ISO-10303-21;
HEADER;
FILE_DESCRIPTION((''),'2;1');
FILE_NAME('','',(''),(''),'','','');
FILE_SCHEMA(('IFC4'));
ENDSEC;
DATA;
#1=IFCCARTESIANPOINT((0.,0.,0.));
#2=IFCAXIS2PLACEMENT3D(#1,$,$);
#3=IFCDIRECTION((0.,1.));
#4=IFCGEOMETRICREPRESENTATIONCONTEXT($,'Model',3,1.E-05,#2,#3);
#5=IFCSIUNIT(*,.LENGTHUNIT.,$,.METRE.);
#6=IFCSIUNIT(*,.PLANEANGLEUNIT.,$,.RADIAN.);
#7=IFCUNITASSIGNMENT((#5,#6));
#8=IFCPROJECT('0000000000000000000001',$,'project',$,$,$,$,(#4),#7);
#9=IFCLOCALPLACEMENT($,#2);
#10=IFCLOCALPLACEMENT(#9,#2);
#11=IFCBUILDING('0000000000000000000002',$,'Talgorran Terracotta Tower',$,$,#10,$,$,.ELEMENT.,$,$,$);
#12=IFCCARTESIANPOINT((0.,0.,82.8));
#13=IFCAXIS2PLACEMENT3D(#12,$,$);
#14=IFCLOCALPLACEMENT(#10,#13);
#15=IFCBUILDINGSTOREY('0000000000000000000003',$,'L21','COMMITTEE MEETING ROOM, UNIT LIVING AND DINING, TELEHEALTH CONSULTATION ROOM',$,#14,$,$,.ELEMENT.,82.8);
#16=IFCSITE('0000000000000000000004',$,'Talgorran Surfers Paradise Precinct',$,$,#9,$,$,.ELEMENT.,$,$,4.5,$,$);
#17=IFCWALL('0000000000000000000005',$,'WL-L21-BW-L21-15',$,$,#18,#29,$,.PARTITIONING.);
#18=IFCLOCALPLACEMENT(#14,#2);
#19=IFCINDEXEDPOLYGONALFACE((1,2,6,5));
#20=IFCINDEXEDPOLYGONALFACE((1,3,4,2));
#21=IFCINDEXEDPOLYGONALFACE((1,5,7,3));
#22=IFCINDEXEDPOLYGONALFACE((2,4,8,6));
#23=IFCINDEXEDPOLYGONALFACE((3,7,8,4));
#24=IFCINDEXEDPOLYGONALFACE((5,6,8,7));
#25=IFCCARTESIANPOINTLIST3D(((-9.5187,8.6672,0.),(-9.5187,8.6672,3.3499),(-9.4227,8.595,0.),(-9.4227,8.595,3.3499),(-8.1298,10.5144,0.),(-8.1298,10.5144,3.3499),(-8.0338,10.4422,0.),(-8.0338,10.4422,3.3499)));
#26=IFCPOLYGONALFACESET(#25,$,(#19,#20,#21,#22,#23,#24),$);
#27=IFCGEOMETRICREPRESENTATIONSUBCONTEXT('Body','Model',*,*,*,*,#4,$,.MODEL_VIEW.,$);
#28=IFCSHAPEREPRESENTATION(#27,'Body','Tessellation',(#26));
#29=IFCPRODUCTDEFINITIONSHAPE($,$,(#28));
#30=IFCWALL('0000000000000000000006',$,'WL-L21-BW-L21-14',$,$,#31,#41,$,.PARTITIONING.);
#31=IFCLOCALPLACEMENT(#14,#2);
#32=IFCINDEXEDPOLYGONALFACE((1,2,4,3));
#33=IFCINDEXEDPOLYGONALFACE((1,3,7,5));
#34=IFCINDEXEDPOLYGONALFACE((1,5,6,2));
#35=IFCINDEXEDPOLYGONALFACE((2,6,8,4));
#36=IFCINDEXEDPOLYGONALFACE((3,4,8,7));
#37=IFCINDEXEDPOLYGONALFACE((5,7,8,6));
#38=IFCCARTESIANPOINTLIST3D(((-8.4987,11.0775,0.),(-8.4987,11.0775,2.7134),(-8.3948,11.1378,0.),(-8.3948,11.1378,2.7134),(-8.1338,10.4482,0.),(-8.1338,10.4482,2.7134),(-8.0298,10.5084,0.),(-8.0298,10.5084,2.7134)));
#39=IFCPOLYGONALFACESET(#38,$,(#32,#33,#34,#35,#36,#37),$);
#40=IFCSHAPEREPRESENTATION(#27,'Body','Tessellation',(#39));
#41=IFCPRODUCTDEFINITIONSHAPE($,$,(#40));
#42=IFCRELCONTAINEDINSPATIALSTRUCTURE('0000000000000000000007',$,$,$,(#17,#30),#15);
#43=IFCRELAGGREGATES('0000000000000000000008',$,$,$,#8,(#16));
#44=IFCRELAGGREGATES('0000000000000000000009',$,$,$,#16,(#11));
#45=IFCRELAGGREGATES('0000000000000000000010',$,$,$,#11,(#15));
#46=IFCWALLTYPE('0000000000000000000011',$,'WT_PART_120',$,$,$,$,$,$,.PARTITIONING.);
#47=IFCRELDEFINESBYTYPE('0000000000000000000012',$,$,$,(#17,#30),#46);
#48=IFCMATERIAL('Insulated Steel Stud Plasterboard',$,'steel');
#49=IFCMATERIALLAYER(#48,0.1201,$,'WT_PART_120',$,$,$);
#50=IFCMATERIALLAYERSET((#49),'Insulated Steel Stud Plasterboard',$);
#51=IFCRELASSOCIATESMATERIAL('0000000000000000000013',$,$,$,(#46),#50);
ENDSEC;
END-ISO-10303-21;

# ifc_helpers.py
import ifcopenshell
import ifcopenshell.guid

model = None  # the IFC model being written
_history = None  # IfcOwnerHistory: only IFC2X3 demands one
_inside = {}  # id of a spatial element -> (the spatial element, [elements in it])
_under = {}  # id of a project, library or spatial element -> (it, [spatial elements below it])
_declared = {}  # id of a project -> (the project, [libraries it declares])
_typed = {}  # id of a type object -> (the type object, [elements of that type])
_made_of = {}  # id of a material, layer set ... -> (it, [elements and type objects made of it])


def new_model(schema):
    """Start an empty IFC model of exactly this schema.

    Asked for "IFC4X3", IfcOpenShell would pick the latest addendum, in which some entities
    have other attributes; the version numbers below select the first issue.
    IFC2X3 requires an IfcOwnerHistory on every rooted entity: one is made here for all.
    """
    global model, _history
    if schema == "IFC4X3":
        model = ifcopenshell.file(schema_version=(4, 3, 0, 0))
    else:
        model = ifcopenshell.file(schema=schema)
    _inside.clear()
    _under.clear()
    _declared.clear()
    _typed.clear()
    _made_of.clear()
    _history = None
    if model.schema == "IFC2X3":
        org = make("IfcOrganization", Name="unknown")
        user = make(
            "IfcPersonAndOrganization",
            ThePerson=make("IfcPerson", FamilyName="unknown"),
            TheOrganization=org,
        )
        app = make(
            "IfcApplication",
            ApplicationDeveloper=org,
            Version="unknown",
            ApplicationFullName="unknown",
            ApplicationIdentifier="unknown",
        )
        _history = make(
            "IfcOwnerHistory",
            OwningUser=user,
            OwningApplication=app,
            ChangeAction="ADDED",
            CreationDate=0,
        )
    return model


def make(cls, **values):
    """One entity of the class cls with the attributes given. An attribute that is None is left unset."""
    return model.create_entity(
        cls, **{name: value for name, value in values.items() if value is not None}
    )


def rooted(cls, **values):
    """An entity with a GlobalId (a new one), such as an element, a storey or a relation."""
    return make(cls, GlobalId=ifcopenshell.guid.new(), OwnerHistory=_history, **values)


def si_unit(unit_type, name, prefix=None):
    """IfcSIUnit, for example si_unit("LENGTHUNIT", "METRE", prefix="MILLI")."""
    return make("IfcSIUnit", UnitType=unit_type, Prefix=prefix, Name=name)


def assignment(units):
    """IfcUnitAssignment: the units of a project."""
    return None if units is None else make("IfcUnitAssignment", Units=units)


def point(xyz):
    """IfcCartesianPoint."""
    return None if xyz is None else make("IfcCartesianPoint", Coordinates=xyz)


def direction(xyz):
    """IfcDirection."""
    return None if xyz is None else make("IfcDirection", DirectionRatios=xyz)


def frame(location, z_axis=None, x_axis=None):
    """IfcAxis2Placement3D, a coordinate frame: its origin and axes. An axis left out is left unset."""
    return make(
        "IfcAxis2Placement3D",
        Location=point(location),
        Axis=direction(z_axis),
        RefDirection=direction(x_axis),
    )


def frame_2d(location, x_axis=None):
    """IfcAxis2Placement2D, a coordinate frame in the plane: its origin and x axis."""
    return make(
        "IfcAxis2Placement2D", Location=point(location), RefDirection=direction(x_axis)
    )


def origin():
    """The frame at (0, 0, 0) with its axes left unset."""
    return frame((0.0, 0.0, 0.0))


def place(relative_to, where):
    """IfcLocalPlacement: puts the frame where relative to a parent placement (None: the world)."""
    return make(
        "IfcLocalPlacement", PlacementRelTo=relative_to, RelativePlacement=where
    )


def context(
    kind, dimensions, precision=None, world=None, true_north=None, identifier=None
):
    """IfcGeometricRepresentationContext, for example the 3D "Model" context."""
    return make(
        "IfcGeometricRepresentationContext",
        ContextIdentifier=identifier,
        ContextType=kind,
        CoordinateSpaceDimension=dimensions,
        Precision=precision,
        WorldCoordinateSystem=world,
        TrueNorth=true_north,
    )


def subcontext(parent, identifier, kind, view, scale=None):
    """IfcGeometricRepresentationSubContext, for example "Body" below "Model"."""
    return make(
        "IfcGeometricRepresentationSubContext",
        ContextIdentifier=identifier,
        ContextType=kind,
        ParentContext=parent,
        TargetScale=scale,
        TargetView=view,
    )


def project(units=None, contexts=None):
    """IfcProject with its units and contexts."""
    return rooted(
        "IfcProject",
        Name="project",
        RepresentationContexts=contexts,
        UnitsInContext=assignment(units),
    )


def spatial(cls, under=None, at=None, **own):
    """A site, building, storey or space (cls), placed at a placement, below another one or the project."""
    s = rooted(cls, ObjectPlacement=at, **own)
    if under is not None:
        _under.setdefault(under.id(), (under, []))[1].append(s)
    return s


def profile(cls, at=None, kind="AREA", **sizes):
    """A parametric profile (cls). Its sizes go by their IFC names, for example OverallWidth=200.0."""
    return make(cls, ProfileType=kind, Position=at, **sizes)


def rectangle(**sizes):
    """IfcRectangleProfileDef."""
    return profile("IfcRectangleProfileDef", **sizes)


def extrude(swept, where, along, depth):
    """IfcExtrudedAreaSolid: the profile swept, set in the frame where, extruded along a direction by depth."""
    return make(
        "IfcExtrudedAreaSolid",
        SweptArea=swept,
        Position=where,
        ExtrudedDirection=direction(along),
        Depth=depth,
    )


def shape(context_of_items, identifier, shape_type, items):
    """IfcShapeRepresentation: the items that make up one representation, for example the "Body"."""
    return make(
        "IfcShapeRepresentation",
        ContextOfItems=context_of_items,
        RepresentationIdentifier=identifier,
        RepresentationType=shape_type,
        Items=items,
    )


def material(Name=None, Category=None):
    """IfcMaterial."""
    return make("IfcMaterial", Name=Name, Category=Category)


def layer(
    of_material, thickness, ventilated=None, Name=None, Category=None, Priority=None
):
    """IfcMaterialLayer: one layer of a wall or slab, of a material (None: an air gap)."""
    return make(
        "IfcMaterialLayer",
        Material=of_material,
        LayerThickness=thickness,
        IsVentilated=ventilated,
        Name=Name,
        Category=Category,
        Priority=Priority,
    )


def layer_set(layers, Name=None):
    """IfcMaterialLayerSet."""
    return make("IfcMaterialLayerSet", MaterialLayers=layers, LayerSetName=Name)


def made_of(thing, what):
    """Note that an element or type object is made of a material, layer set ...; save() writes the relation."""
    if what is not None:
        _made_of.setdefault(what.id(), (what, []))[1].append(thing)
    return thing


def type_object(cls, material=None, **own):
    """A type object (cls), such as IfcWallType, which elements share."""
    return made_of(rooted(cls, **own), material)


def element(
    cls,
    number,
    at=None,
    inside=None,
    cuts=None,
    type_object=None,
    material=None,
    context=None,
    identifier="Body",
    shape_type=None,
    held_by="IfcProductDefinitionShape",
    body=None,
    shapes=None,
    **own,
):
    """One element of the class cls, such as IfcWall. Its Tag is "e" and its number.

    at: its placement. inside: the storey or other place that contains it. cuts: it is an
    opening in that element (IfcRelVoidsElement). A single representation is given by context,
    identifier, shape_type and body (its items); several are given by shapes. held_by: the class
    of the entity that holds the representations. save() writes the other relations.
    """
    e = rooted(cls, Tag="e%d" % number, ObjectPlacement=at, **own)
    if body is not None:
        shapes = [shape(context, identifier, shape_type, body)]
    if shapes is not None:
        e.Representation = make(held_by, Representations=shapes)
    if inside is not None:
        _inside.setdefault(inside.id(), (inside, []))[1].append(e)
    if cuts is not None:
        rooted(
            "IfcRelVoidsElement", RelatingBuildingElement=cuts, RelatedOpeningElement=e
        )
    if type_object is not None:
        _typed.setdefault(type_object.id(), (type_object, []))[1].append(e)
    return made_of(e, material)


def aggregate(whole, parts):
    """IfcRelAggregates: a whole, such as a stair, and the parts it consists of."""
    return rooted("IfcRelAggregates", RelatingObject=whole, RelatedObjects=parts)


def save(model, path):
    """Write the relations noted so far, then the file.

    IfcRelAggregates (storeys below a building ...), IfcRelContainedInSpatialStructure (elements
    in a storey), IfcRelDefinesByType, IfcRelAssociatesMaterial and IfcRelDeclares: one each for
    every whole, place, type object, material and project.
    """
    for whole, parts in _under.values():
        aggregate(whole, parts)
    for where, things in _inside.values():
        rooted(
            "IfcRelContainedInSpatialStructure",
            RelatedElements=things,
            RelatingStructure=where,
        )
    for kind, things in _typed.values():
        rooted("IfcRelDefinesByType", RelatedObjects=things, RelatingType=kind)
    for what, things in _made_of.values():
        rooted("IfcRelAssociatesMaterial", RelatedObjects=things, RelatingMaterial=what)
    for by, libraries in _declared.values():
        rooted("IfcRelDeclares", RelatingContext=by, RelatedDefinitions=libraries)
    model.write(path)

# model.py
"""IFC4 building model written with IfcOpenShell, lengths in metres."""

from ifc_helpers import new_model, si_unit, direction, frame, frame_2d, origin, place, context, subcontext, project, spatial, rectangle, extrude, material, layer, layer_set, type_object, element, save


model = new_model("IFC4")

# Units and contexts
model_context = context("Model", 3, precision=1e-05, world=origin(), true_north=direction((0.0, 1.0)))
body_context = subcontext(model_context, "Body", "Model", "MODEL_VIEW")
ifc_project = project(units=[si_unit("LENGTHUNIT", "METRE"), si_unit("PLANEANGLEUNIT", "RADIAN")], contexts=[model_context])

# Site, building, storey
site_placement = place(None, origin())
site = spatial("IfcSite", under=ifc_project, at=site_placement, Name="Talgorran Surfers Paradise Precinct", CompositionType="ELEMENT", RefElevation=4.5)
building_placement = place(site_placement, origin())
building = spatial("IfcBuilding", under=site, at=building_placement, Name="Talgorran Terracotta Tower", CompositionType="ELEMENT")
storey_placement = place(building_placement, frame((0.0, 0.0, 82.8)))
storey = spatial("IfcBuildingStorey", under=building, at=storey_placement, Name="L21", Description="COMMITTEE MEETING ROOM, UNIT LIVING AND DINING, TELEHEALTH CONSULTATION ROOM", CompositionType="ELEMENT", Elevation=82.8)

# Walls
ifc_material_1 = material(Name="Insulated Steel Stud Plasterboard", Category="steel")
ifc_layer_1 = layer(ifc_material_1, 0.1201, Name="WT_PART_120")
ifc_layer_set_1 = layer_set([ifc_layer_1], Name="Insulated Steel Stud Plasterboard")
wall_type_1 = type_object("IfcWallType", Name="WT_PART_120", PredefinedType="PARTITIONING", material=ifc_layer_set_1)
wall_1_placement = place(storey_placement, frame((-8.0818, 10.4783, 0.0), z_axis=(0.0, 0.0, 1.0), x_axis=(-0.60098, -0.799264, 0.0)))
element("IfcWall", 1, at=wall_1_placement, inside=storey, type_object=wall_type_1, Name="WL-L21-BW-L21-15", PredefinedType="PARTITIONING", context=body_context, shape_type="SweptSolid", body=[
    extrude(rectangle(XDim=2.311, YDim=0.1201, at=frame_2d((1.1555, 0.0))), origin(), (0.0, 0.0, 1.0), 3.3499),
])
wall_2_placement = place(storey_placement, frame((-8.4468, 11.1077, 0.0), z_axis=(0.0, 0.0, 1.0), x_axis=(0.501658, -0.865066, 0.0)))
element("IfcWall", 2, at=wall_2_placement, inside=storey, type_object=wall_type_1, Name="WL-L21-BW-L21-14", PredefinedType="PARTITIONING", context=body_context, shape_type="SweptSolid", body=[
    extrude(rectangle(XDim=0.7275, YDim=0.1201, at=frame_2d((0.3638, 0.0))), origin(), (0.0, 0.0, 1.0), 2.7134),
])

save(model, "model.ifc")
